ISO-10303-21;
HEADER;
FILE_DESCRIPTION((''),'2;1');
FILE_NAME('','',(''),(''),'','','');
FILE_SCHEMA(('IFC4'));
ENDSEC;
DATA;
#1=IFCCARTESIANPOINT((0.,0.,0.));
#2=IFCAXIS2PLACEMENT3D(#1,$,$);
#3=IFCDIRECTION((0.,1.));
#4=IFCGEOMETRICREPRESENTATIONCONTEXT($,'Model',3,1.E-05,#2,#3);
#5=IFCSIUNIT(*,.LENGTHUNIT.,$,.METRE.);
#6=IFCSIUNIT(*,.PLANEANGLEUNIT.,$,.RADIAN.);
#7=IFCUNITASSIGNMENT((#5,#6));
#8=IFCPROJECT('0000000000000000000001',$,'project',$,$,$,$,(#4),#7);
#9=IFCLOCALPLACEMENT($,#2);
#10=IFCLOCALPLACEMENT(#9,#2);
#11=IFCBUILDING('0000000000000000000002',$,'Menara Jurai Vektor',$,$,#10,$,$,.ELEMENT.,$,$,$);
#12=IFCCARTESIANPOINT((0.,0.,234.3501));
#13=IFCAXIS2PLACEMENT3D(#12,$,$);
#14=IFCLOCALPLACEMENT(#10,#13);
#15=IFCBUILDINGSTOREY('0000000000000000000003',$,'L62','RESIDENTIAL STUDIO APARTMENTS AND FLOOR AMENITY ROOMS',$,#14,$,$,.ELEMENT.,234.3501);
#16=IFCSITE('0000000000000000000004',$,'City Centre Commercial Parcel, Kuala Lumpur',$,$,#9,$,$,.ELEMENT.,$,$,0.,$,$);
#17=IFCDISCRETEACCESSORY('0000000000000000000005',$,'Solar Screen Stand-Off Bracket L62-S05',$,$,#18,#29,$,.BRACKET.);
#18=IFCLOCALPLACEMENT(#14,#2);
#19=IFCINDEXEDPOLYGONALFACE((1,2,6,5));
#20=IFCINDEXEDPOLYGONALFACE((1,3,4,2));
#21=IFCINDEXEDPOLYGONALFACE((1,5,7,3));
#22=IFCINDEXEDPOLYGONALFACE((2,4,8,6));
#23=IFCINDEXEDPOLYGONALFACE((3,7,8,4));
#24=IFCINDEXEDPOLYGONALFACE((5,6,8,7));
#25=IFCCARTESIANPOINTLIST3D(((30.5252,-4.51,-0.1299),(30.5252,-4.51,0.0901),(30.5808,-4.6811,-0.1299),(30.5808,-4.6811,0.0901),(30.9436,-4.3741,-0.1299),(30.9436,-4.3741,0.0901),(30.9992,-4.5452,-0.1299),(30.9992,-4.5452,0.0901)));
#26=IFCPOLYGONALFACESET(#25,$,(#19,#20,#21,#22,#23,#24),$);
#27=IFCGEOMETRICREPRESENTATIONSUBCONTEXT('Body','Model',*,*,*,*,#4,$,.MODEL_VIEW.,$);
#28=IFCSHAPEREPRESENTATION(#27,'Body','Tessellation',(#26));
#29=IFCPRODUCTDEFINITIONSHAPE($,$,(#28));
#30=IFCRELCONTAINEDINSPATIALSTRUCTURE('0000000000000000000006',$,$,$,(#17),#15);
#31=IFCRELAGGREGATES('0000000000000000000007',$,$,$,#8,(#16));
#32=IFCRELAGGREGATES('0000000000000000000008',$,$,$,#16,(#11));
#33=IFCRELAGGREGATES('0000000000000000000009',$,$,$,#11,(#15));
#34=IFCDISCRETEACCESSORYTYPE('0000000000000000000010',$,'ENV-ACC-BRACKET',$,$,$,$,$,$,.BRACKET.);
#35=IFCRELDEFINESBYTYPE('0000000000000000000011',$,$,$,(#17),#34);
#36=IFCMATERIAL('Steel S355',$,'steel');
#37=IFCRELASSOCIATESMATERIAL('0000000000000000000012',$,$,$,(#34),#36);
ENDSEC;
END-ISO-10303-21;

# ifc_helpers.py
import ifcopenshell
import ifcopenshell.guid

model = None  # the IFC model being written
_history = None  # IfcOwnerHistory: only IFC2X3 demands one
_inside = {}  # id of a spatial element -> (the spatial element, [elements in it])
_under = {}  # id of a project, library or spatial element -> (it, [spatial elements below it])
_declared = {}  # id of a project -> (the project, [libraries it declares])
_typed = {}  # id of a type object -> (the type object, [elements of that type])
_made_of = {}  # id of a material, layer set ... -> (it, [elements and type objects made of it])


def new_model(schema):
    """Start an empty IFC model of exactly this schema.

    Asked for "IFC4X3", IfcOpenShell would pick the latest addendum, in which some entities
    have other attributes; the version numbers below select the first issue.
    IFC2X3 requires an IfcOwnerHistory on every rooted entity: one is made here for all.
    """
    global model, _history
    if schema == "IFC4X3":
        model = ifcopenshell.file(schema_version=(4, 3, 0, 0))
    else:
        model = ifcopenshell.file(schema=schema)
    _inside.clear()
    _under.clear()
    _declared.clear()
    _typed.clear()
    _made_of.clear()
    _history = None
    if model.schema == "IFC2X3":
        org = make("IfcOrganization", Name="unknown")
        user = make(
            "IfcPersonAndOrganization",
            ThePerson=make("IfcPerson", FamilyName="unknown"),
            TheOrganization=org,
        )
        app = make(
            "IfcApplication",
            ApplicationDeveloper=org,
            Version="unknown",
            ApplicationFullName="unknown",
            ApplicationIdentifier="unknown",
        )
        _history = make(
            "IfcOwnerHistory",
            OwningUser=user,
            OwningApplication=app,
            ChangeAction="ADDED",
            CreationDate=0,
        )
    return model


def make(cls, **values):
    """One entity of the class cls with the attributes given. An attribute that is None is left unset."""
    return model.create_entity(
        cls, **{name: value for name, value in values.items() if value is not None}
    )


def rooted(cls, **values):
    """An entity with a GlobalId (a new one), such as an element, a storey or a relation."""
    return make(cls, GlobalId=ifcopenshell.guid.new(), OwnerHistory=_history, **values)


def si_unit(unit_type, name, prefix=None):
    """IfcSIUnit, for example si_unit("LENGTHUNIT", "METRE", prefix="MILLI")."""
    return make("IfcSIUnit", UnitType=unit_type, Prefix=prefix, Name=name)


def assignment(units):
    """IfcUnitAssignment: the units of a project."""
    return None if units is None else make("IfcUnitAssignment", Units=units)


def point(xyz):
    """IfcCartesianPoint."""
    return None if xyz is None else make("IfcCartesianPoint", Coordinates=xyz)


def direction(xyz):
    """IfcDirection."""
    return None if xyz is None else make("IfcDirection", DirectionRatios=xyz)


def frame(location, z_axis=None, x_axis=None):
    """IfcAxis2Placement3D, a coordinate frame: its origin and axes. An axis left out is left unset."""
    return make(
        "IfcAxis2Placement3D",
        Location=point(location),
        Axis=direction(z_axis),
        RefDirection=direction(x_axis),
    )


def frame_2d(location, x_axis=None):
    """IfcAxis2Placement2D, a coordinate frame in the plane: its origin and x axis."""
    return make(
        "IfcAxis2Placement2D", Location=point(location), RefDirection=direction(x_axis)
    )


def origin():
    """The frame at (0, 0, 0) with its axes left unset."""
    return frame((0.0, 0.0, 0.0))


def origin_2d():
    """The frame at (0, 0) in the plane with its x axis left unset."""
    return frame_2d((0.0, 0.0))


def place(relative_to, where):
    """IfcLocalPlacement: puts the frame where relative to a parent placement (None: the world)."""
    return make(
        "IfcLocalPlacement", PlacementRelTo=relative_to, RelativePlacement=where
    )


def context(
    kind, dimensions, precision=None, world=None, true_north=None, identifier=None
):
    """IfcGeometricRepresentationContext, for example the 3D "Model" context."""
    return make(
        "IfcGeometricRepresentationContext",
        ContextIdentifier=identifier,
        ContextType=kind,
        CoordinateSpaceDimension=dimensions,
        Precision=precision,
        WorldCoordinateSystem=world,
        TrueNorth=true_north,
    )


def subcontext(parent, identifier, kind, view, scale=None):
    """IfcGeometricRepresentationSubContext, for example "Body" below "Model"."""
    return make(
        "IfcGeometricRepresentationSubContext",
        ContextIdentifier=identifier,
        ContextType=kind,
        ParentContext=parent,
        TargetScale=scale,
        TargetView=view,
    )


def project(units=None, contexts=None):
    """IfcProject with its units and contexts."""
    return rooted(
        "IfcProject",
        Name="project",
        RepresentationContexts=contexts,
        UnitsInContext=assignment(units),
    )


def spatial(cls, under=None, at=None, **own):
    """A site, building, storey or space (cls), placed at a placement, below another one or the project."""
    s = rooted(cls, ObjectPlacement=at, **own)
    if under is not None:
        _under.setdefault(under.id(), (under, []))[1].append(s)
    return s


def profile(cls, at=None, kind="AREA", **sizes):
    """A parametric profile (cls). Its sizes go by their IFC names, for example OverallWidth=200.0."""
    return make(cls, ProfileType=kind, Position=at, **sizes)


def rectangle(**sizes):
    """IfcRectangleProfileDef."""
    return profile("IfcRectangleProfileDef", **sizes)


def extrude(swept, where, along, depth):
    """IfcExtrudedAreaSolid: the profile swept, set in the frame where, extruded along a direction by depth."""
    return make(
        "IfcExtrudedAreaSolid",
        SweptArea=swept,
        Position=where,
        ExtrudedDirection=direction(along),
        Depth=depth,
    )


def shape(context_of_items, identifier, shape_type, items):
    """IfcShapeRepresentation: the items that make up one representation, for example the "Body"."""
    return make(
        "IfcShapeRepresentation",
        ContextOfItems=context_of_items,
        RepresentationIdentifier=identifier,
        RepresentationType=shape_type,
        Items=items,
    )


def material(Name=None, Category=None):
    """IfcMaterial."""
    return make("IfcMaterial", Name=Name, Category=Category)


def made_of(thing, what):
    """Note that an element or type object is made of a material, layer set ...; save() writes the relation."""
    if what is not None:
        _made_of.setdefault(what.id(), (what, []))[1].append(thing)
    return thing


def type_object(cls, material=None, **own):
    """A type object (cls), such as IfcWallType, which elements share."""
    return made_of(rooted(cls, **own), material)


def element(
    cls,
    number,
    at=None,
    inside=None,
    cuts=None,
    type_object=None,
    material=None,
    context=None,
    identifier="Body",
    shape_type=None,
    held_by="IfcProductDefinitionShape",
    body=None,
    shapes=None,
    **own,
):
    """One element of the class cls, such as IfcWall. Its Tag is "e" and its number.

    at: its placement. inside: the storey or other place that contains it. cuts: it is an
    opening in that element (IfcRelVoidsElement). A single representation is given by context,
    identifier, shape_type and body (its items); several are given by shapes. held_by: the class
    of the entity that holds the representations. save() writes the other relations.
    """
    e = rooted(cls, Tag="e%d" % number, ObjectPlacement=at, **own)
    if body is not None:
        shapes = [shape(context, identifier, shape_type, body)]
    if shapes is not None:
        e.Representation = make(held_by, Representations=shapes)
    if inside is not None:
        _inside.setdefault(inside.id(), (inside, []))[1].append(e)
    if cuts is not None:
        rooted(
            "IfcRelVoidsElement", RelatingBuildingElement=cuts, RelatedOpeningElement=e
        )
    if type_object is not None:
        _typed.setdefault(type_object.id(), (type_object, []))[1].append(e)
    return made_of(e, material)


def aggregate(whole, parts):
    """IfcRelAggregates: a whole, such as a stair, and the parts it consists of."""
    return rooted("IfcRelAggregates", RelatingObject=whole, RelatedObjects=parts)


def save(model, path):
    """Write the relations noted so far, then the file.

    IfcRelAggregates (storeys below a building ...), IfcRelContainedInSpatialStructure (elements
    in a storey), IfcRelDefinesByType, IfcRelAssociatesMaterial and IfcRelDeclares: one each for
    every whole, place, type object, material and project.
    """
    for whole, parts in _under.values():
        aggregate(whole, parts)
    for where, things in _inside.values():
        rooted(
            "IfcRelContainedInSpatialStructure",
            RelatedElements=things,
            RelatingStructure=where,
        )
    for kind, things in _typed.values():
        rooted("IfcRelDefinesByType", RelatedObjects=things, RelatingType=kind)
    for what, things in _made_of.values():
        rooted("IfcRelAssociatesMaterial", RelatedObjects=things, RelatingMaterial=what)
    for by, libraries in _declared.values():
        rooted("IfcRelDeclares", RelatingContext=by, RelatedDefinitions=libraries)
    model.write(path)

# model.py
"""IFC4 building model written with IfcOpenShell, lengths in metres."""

from ifc_helpers import new_model, si_unit, direction, frame, origin, origin_2d, place, context, subcontext, project, spatial, rectangle, extrude, material, type_object, element, save


model = new_model("IFC4")

# Units and contexts
model_context = context("Model", 3, precision=1e-05, world=origin(), true_north=direction((0.0, 1.0)))
body_context = subcontext(model_context, "Body", "Model", "MODEL_VIEW")
ifc_project = project(units=[si_unit("LENGTHUNIT", "METRE"), si_unit("PLANEANGLEUNIT", "RADIAN")], contexts=[model_context])

# Site, building, storey
site_placement = place(None, origin())
site = spatial("IfcSite", under=ifc_project, at=site_placement, Name="City Centre Commercial Parcel, Kuala Lumpur", CompositionType="ELEMENT", RefElevation=0.0)
building_placement = place(site_placement, origin())
building = spatial("IfcBuilding", under=site, at=building_placement, Name="Menara Jurai Vektor", CompositionType="ELEMENT")
storey_placement = place(building_placement, frame((0.0, 0.0, 234.3501)))
storey = spatial("IfcBuildingStorey", under=building, at=storey_placement, Name="L62", Description="RESIDENTIAL STUDIO APARTMENTS AND FLOOR AMENITY ROOMS", CompositionType="ELEMENT", Elevation=234.3501)

# Shared definitions
ifc_material_1 = material(Name="Steel S355", Category="steel")

# Discrete accessory
discrete_accessory_type = type_object("IfcDiscreteAccessoryType", Name="ENV-ACC-BRACKET", PredefinedType="BRACKET", material=ifc_material_1)
discrete_accessory_placement = place(storey_placement, frame((30.7622, -4.5276, -0.1299), z_axis=(0.0, 0.0, 1.0), x_axis=(-0.309017, 0.951057, 0.0)))
element("IfcDiscreteAccessory", 1, at=discrete_accessory_placement, inside=storey, type_object=discrete_accessory_type, Name="Solar Screen Stand-Off Bracket L62-S05", PredefinedType="BRACKET", context=body_context, shape_type="SweptSolid", body=[
    extrude(rectangle(XDim=0.1799, YDim=0.4399, at=origin_2d()), origin(), (0.0, 0.0, 1.0), 0.22),
])

save(model, "model.ifc")
